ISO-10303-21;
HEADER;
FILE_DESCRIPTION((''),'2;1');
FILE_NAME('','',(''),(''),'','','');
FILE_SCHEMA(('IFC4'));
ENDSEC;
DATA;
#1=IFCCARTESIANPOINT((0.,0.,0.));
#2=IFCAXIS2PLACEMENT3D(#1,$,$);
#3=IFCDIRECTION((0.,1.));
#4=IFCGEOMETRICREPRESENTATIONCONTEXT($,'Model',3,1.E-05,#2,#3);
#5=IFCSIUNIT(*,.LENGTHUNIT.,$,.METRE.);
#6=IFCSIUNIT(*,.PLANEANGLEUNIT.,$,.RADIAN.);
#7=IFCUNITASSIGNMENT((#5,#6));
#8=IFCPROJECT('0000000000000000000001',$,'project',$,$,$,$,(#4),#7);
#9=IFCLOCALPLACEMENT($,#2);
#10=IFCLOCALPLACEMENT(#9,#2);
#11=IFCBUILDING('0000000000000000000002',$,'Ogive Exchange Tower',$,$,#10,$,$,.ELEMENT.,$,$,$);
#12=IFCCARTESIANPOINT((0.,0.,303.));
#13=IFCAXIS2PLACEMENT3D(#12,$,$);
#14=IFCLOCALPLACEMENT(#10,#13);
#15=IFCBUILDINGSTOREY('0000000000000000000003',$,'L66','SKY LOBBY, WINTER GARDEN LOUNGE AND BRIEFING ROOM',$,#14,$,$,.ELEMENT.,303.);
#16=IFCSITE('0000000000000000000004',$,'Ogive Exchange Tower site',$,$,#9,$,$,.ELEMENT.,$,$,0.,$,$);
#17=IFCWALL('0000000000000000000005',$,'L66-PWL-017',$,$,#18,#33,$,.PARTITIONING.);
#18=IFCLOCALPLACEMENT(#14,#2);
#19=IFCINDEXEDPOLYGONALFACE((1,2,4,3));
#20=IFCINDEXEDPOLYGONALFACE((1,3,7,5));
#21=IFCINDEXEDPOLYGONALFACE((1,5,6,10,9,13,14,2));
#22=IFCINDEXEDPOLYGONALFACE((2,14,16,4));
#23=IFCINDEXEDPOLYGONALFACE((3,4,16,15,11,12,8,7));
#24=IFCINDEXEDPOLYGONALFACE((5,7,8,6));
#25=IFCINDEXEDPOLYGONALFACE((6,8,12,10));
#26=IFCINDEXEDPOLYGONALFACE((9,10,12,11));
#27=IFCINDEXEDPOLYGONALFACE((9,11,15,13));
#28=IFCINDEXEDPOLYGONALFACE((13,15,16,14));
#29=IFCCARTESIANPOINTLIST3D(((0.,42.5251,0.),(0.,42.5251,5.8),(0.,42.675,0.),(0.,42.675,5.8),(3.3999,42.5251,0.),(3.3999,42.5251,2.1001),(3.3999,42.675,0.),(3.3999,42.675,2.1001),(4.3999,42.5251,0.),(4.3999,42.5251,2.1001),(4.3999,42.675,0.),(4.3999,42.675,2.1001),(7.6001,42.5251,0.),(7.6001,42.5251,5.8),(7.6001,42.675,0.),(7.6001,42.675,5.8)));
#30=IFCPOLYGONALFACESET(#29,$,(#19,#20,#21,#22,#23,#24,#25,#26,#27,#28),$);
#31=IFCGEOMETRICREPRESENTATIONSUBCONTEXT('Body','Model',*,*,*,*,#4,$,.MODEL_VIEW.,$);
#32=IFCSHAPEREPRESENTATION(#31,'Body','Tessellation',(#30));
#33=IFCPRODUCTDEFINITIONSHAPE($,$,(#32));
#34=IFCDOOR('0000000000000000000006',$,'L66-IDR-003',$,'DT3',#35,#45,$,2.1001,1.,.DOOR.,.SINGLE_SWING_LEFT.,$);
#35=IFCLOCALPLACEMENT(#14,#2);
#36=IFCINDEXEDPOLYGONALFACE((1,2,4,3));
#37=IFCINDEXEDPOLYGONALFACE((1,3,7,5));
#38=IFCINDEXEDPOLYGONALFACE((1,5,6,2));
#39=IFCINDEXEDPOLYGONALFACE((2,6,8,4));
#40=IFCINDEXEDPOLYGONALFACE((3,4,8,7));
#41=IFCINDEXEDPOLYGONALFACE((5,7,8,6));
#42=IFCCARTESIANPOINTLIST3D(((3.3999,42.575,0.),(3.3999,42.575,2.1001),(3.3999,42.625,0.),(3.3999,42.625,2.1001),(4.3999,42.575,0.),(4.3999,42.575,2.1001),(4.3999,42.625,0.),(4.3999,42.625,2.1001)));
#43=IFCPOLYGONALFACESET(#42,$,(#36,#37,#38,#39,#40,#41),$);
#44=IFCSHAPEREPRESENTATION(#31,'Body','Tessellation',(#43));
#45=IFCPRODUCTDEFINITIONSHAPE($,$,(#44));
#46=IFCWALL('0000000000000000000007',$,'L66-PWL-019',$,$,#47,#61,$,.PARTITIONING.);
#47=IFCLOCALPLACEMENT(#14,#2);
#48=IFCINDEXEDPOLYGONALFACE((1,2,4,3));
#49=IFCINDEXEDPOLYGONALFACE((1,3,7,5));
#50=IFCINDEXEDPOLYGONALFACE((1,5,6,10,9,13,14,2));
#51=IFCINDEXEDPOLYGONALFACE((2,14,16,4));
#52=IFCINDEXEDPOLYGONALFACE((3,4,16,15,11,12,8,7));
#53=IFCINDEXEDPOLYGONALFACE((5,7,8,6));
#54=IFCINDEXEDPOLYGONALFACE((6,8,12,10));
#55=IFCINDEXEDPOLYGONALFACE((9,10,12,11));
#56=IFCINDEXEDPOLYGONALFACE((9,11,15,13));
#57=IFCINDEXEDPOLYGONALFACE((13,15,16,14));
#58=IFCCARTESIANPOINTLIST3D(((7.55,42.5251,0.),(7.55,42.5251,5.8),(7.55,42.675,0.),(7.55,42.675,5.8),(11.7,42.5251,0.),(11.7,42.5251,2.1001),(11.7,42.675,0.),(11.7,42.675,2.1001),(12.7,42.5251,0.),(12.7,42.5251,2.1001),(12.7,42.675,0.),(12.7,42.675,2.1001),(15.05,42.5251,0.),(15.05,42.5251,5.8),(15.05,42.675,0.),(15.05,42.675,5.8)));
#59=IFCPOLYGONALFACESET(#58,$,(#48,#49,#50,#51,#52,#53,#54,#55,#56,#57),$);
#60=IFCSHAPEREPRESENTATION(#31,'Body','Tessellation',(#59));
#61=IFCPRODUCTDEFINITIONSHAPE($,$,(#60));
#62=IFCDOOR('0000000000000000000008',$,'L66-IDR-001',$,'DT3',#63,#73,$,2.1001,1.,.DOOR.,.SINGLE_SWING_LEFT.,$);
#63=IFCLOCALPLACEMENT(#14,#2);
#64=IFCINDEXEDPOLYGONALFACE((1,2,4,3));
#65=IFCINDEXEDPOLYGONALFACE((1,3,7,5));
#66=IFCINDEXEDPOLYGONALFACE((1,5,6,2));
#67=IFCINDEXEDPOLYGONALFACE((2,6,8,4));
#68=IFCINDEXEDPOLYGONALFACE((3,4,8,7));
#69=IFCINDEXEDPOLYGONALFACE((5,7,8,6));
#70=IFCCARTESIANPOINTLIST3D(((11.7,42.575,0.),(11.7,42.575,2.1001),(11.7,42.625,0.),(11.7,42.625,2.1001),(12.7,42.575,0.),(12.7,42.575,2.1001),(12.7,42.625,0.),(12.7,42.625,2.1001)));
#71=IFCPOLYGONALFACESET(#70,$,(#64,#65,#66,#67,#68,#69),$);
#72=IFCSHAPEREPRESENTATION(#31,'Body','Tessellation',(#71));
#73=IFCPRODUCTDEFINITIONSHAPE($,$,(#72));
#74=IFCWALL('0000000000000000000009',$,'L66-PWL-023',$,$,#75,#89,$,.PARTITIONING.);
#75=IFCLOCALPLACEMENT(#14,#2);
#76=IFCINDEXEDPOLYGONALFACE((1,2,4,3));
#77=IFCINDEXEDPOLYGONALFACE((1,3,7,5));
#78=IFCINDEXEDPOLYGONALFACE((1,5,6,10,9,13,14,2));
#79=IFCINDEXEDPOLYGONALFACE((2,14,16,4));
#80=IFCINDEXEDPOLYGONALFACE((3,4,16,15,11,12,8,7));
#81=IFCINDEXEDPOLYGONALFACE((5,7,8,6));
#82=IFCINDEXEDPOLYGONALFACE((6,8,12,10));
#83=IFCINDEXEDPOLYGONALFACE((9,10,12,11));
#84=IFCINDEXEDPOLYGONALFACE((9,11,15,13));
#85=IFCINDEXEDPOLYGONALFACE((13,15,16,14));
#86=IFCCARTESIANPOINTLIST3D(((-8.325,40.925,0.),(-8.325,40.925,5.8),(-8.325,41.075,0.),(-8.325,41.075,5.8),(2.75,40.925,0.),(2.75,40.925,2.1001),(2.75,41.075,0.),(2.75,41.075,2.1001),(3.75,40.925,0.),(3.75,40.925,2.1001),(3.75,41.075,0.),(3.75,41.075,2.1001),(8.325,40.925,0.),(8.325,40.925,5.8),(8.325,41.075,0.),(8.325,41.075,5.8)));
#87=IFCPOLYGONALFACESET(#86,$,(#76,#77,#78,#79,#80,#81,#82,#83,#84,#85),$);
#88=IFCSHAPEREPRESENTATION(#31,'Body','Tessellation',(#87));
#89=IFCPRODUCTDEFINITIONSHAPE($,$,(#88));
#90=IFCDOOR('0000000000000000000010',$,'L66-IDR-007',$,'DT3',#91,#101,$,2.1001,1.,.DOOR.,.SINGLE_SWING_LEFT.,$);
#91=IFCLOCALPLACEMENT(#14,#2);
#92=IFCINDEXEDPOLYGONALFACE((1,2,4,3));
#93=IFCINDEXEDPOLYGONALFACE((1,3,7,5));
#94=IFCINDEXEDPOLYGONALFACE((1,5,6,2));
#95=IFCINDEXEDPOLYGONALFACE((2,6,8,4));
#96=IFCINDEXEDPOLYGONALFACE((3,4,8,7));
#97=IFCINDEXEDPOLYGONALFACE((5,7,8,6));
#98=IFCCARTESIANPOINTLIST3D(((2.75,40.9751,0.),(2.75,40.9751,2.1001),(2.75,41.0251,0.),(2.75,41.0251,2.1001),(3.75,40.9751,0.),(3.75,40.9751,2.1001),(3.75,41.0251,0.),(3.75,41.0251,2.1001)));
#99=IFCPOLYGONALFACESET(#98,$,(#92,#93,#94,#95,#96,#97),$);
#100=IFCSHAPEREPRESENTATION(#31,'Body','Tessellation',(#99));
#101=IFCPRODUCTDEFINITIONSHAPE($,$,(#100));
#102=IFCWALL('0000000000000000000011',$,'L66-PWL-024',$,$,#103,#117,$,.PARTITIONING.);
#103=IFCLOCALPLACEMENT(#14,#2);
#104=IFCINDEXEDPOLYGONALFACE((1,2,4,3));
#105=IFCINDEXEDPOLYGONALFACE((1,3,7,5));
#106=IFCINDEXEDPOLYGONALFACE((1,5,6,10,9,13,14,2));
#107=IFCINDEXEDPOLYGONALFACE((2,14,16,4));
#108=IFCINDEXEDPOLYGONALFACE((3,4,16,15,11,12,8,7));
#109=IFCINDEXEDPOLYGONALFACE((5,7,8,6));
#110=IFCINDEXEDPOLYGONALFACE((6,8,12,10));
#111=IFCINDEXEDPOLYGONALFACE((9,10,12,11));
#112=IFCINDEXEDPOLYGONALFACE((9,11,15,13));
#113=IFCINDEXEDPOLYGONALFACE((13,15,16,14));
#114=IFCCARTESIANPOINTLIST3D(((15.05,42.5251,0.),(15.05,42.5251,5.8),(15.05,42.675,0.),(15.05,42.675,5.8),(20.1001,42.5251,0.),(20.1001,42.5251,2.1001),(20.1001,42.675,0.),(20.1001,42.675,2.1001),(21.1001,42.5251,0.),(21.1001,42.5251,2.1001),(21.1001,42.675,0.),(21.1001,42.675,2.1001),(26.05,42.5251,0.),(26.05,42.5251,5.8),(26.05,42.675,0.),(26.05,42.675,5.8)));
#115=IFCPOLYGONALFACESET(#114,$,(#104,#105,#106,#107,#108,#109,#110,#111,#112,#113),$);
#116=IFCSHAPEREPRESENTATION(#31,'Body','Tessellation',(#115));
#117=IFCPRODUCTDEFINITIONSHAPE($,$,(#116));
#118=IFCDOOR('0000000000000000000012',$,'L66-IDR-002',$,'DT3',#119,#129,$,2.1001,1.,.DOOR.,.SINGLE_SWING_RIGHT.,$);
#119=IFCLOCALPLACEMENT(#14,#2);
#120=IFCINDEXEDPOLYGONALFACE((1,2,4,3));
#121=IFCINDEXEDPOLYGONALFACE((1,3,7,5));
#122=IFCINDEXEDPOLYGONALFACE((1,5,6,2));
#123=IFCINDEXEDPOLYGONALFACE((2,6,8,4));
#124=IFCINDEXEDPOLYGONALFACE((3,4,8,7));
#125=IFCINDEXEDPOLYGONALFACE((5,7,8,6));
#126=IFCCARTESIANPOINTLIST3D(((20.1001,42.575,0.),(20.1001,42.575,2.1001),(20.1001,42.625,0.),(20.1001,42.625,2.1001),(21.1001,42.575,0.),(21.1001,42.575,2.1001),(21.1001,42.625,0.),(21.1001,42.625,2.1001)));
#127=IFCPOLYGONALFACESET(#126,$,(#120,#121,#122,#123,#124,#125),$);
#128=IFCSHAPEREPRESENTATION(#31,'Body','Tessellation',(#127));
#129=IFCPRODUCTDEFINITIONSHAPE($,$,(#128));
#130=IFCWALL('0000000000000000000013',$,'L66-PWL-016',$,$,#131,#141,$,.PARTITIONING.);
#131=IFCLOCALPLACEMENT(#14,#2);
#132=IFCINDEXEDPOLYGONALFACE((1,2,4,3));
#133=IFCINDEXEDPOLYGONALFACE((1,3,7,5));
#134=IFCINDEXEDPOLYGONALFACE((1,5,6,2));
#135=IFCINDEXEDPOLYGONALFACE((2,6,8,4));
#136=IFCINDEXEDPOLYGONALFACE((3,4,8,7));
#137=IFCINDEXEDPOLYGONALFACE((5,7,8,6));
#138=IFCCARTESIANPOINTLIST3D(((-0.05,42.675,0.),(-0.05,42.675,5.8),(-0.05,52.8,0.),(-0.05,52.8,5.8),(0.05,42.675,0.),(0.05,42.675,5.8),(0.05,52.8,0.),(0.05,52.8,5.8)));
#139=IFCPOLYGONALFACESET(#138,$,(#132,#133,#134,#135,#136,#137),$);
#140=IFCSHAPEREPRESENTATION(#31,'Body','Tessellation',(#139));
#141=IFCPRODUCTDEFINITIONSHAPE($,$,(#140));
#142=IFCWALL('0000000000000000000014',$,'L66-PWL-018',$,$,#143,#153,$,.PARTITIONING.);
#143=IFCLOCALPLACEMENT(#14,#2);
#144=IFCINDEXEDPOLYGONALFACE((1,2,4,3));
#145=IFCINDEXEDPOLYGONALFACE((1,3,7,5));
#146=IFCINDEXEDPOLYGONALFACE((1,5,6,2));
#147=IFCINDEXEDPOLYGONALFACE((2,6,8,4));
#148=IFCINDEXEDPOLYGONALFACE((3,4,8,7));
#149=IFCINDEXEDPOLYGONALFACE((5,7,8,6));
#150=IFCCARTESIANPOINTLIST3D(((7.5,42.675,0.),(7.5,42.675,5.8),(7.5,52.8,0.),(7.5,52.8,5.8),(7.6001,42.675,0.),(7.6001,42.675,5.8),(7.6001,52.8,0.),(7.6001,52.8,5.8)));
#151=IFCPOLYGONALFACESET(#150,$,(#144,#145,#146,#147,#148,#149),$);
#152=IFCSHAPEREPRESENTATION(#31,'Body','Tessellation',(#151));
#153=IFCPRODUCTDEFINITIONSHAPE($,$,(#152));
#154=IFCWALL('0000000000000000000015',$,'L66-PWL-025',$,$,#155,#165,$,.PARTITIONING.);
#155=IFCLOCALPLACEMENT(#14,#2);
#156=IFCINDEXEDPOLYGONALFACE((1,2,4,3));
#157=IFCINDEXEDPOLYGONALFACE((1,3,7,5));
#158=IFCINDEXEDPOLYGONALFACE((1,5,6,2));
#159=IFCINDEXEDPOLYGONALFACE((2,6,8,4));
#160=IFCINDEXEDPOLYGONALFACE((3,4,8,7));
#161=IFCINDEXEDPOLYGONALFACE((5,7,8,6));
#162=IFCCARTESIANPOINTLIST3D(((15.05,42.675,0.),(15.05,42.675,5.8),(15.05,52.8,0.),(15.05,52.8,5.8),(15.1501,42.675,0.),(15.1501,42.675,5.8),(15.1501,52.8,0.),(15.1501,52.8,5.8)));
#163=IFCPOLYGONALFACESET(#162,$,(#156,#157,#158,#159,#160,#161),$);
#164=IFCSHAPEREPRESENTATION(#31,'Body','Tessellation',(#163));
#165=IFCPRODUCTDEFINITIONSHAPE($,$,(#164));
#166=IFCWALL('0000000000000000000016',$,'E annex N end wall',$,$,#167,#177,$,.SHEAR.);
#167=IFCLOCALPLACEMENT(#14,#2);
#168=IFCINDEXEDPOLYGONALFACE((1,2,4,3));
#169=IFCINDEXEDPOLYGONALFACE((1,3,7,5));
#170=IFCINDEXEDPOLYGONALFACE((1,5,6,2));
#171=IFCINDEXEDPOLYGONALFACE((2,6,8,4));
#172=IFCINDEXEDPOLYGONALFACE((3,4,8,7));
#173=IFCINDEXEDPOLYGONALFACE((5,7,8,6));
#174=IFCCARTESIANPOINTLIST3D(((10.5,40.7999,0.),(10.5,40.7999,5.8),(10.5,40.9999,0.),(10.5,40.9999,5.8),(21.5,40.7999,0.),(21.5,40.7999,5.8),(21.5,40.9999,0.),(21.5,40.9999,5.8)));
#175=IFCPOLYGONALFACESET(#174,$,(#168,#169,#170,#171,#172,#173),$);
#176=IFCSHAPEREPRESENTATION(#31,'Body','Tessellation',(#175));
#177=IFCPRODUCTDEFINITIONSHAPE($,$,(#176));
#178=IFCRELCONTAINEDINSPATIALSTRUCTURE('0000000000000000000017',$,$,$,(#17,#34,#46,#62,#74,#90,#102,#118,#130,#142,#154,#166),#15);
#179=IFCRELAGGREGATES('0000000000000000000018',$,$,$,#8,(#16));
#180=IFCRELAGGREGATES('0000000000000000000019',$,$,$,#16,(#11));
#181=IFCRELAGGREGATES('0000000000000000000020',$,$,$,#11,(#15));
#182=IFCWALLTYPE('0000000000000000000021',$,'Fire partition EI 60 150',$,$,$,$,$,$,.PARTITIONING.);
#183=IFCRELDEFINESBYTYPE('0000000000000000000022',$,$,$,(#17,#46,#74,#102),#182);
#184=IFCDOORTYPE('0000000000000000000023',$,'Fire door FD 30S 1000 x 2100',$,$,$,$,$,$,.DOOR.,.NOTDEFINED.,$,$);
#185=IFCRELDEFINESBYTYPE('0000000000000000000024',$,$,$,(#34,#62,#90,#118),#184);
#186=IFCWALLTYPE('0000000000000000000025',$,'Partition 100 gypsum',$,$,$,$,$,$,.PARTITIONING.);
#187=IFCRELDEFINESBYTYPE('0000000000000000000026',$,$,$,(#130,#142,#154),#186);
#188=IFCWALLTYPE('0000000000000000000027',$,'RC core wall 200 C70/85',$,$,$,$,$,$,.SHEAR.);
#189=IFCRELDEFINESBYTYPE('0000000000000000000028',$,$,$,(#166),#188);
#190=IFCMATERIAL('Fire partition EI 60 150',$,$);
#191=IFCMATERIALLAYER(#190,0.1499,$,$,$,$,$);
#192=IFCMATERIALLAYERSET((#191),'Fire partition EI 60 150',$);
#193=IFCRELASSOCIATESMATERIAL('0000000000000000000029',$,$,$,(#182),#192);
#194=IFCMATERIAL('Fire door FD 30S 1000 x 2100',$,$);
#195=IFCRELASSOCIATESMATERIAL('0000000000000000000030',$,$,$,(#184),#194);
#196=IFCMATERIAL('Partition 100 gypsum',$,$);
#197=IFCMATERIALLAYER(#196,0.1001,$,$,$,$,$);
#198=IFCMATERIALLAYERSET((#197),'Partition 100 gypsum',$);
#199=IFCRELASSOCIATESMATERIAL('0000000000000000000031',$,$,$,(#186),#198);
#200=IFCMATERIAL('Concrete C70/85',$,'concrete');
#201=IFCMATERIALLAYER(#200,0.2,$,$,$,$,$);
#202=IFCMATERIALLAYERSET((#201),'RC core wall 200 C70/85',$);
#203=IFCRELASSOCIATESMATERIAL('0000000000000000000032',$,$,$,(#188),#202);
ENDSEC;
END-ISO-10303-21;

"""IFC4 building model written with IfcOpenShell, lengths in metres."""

from ifc_helpers import new_model, si_unit, direction, frame, frame_2d, origin, place, context, subcontext, project, spatial, rectangle, extrude, material, layer, layer_set, type_object, element, fill, save


model = new_model("IFC4")

# Units and contexts
model_context = context("Model", 3, precision=1e-05, world=origin(), true_north=direction((0.0, 1.0)))
body_context = subcontext(model_context, "Body", "Model", "MODEL_VIEW")
ifc_project = project(units=[si_unit("LENGTHUNIT", "METRE"), si_unit("PLANEANGLEUNIT", "RADIAN")], contexts=[model_context])

# Site, building, storey
site_placement = place(None, origin())
site = spatial("IfcSite", under=ifc_project, at=site_placement, Name="Ogive Exchange Tower site", CompositionType="ELEMENT", RefElevation=0.0)
building_placement = place(site_placement, origin())
building = spatial("IfcBuilding", under=site, at=building_placement, Name="Ogive Exchange Tower", CompositionType="ELEMENT")
storey_placement = place(building_placement, frame((0.0, 0.0, 303.0)))
storey = spatial("IfcBuildingStorey", under=building, at=storey_placement, Name="L66", Description="SKY LOBBY, WINTER GARDEN LOUNGE AND BRIEFING ROOM", CompositionType="ELEMENT", Elevation=303.0)

# Walls, openings, doors
ifc_material_1 = material(Name="Fire partition EI 60 150")
ifc_layer_1 = layer(ifc_material_1, 0.1499)
ifc_layer_set_1 = layer_set([ifc_layer_1], Name="Fire partition EI 60 150")
wall_type_1 = type_object("IfcWallType", Name="Fire partition EI 60 150", PredefinedType="PARTITIONING", material=ifc_layer_set_1)
wall_1_placement = place(storey_placement, frame((0.0, 42.6001, 0.0), z_axis=(0.0, 0.0, 1.0), x_axis=(1.0, 0.0, 0.0)))
wall_1 = element("IfcWall", 1, at=wall_1_placement, inside=storey, type_object=wall_type_1, Name="L66-PWL-017", PredefinedType="PARTITIONING", context=body_context, shape_type="SweptSolid", body=[
    extrude(rectangle(XDim=7.6001, YDim=0.1499, at=frame_2d((3.8, 0.0))), origin(), (0.0, 0.0, 1.0), 5.8),
])
opening_1_placement = place(wall_1_placement, frame((3.3999, 0.0, 0.0)))
opening_1 = element("IfcOpeningElement", 2, at=opening_1_placement, cuts=wall_1, PredefinedType="OPENING", context=body_context, shape_type="SweptSolid", body=[
    extrude(rectangle(XDim=1.0, YDim=2.1001, at=frame_2d((0.5, 1.05))), frame((0.0, 0.085, 0.0), z_axis=(0.0, -1.0, 0.0), x_axis=(1.0, 0.0, 0.0)), (0.0, 0.0, 1.0), 0.1699),
])
ifc_material_2 = material(Name="Fire door FD 30S 1000 x 2100")
door_type = type_object("IfcDoorType", Name="Fire door FD 30S 1000 x 2100", OperationType="NOTDEFINED", PredefinedType="DOOR", material=ifc_material_2)
door_1_placement = place(opening_1_placement, origin())
door_1 = element("IfcDoor", 3, at=door_1_placement, inside=storey, type_object=door_type, Name="L66-IDR-003", ObjectType="DT3", OperationType="SINGLE_SWING_LEFT", OverallHeight=2.1001, OverallWidth=1.0, PredefinedType="DOOR", context=body_context, shape_type="SweptSolid", body=[
    extrude(rectangle(XDim=1.0, YDim=2.1001, at=frame_2d((0.5, 1.05))), frame((0.0, 0.0249, 0.0), z_axis=(0.0, -1.0, 0.0), x_axis=(1.0, 0.0, 0.0)), (0.0, 0.0, 1.0), 0.05),
])
fill(opening_1, door_1)
wall_2_placement = place(storey_placement, frame((7.55, 42.6001, 0.0), z_axis=(0.0, 0.0, 1.0), x_axis=(1.0, 0.0, 0.0)))
wall_2 = element("IfcWall", 4, at=wall_2_placement, inside=storey, type_object=wall_type_1, Name="L66-PWL-019", PredefinedType="PARTITIONING", context=body_context, shape_type="SweptSolid", body=[
    extrude(rectangle(XDim=7.5, YDim=0.1499, at=frame_2d((3.75, 0.0))), origin(), (0.0, 0.0, 1.0), 5.8),
])
opening_2_placement = place(wall_2_placement, frame((4.1499, 0.0, 0.0)))
opening_2 = element("IfcOpeningElement", 5, at=opening_2_placement, cuts=wall_2, PredefinedType="OPENING", context=body_context, shape_type="SweptSolid", body=[
    extrude(rectangle(XDim=1.0, YDim=2.1001, at=frame_2d((0.5, 1.05))), frame((0.0, 0.085, 0.0), z_axis=(0.0, -1.0, 0.0), x_axis=(1.0, 0.0, 0.0)), (0.0, 0.0, 1.0), 0.1699),
])
door_2_placement = place(opening_2_placement, origin())
door_2 = element("IfcDoor", 6, at=door_2_placement, inside=storey, type_object=door_type, Name="L66-IDR-001", ObjectType="DT3", OperationType="SINGLE_SWING_LEFT", OverallHeight=2.1001, OverallWidth=1.0, PredefinedType="DOOR", context=body_context, shape_type="SweptSolid", body=[
    extrude(rectangle(XDim=1.0, YDim=2.1001, at=frame_2d((0.5, 1.05))), frame((0.0, 0.0249, 0.0), z_axis=(0.0, -1.0, 0.0), x_axis=(1.0, 0.0, 0.0)), (0.0, 0.0, 1.0), 0.05),
])
fill(opening_2, door_2)
wall_3_placement = place(storey_placement, frame((8.325, 41.0, 0.0), z_axis=(0.0, 0.0, 1.0), x_axis=(-1.0, 0.0, 0.0)))
wall_3 = element("IfcWall", 7, at=wall_3_placement, inside=storey, type_object=wall_type_1, Name="L66-PWL-023", PredefinedType="PARTITIONING", context=body_context, shape_type="SweptSolid", body=[
    extrude(rectangle(XDim=16.6499, YDim=0.1499, at=frame_2d((8.325, 0.0))), origin(), (0.0, 0.0, 1.0), 5.8),
])
opening_3_placement = place(wall_3_placement, frame((4.575, 0.0, 0.0)))
opening_3 = element("IfcOpeningElement", 8, at=opening_3_placement, cuts=wall_3, PredefinedType="OPENING", context=body_context, shape_type="SweptSolid", body=[
    extrude(rectangle(XDim=1.0, YDim=2.1001, at=frame_2d((0.5, 1.05))), frame((0.0, 0.085, 0.0), z_axis=(0.0, -1.0, 0.0), x_axis=(1.0, 0.0, 0.0)), (0.0, 0.0, 1.0), 0.1699),
])
door_3_placement = place(opening_3_placement, origin())
door_3 = element("IfcDoor", 9, at=door_3_placement, inside=storey, type_object=door_type, Name="L66-IDR-007", ObjectType="DT3", OperationType="SINGLE_SWING_LEFT", OverallHeight=2.1001, OverallWidth=1.0, PredefinedType="DOOR", context=body_context, shape_type="SweptSolid", body=[
    extrude(rectangle(XDim=1.0, YDim=2.1001, at=frame_2d((0.5, 1.05))), frame((0.0, 0.0249, 0.0), z_axis=(0.0, -1.0, 0.0), x_axis=(1.0, 0.0, 0.0)), (0.0, 0.0, 1.0), 0.05),
])
fill(opening_3, door_3)
wall_4_placement = place(storey_placement, frame((15.05, 42.6001, 0.0), z_axis=(0.0, 0.0, 1.0), x_axis=(1.0, 0.0, 0.0)))
wall_4 = element("IfcWall", 10, at=wall_4_placement, inside=storey, type_object=wall_type_1, Name="L66-PWL-024", PredefinedType="PARTITIONING", context=body_context, shape_type="SweptSolid", body=[
    extrude(rectangle(XDim=11.0, YDim=0.1499, at=frame_2d((5.5, 0.0))), origin(), (0.0, 0.0, 1.0), 5.8),
])
opening_4_placement = place(wall_4_placement, frame((5.05, 0.0, 0.0)))
opening_4 = element("IfcOpeningElement", 11, at=opening_4_placement, cuts=wall_4, PredefinedType="OPENING", context=body_context, shape_type="SweptSolid", body=[
    extrude(rectangle(XDim=1.0, YDim=2.1001, at=frame_2d((0.5, 1.05))), frame((0.0, 0.085, 0.0), z_axis=(0.0, -1.0, 0.0), x_axis=(1.0, 0.0, 0.0)), (0.0, 0.0, 1.0), 0.1699),
])
door_4_placement = place(opening_4_placement, origin())
door_4 = element("IfcDoor", 12, at=door_4_placement, inside=storey, type_object=door_type, Name="L66-IDR-002", ObjectType="DT3", OperationType="SINGLE_SWING_RIGHT", OverallHeight=2.1001, OverallWidth=1.0, PredefinedType="DOOR", context=body_context, shape_type="SweptSolid", body=[
    extrude(rectangle(XDim=1.0, YDim=2.1001, at=frame_2d((0.5, 1.05))), frame((0.0, 0.0249, 0.0), z_axis=(0.0, -1.0, 0.0), x_axis=(1.0, 0.0, 0.0)), (0.0, 0.0, 1.0), 0.05),
])
fill(opening_4, door_4)

# Walls
ifc_material_3 = material(Name="Partition 100 gypsum")
ifc_layer_2 = layer(ifc_material_3, 0.1001)
ifc_layer_set_2 = layer_set([ifc_layer_2], Name="Partition 100 gypsum")
wall_type_2 = type_object("IfcWallType", Name="Partition 100 gypsum", PredefinedType="PARTITIONING", material=ifc_layer_set_2)
for number, where, z_axis, x_axis, name in (
    (13, (0.0, 42.675, 0.0), (0.0, 0.0, 1.0), (0.0, 1.0, 0.0), "L66-PWL-016"),
    (14, (7.55, 42.675, 0.0), (0.0, 0.0, 1.0), (0.0, 1.0, 0.0), "L66-PWL-018"),
    (15, (15.1001, 52.8, 0.0), (0.0, 0.0, 1.0), (0.0, -1.0, 0.0), "L66-PWL-025"),
):
    element("IfcWall", number, at=place(storey_placement, frame(where, z_axis=z_axis, x_axis=x_axis)), inside=storey, type_object=wall_type_2, Name=name, PredefinedType="PARTITIONING", context=body_context, shape_type="SweptSolid", body=[
        extrude(rectangle(XDim=10.125, YDim=0.1001, at=frame_2d((5.0625, 0.0))), origin(), (0.0, 0.0, 1.0), 5.8),
    ])
ifc_material_4 = material(Name="Concrete C70/85", Category="concrete")
ifc_layer_3 = layer(ifc_material_4, 0.2)
ifc_layer_set_3 = layer_set([ifc_layer_3], Name="RC core wall 200 C70/85")
wall_type_3 = type_object("IfcWallType", Name="RC core wall 200 C70/85", PredefinedType="SHEAR", material=ifc_layer_set_3)
wall_5_placement = place(storey_placement, frame((10.5, 40.8999, 0.0), z_axis=(0.0, 0.0, 1.0), x_axis=(1.0, 0.0, 0.0)))
element("IfcWall", 16, at=wall_5_placement, inside=storey, type_object=wall_type_3, Name="E annex N end wall", PredefinedType="SHEAR", context=body_context, shape_type="SweptSolid", body=[
    extrude(rectangle(XDim=11.0, YDim=0.2, at=frame_2d((5.5, 0.0))), origin(), (0.0, 0.0, 1.0), 5.8),
])

save(model, "model.ifc")
